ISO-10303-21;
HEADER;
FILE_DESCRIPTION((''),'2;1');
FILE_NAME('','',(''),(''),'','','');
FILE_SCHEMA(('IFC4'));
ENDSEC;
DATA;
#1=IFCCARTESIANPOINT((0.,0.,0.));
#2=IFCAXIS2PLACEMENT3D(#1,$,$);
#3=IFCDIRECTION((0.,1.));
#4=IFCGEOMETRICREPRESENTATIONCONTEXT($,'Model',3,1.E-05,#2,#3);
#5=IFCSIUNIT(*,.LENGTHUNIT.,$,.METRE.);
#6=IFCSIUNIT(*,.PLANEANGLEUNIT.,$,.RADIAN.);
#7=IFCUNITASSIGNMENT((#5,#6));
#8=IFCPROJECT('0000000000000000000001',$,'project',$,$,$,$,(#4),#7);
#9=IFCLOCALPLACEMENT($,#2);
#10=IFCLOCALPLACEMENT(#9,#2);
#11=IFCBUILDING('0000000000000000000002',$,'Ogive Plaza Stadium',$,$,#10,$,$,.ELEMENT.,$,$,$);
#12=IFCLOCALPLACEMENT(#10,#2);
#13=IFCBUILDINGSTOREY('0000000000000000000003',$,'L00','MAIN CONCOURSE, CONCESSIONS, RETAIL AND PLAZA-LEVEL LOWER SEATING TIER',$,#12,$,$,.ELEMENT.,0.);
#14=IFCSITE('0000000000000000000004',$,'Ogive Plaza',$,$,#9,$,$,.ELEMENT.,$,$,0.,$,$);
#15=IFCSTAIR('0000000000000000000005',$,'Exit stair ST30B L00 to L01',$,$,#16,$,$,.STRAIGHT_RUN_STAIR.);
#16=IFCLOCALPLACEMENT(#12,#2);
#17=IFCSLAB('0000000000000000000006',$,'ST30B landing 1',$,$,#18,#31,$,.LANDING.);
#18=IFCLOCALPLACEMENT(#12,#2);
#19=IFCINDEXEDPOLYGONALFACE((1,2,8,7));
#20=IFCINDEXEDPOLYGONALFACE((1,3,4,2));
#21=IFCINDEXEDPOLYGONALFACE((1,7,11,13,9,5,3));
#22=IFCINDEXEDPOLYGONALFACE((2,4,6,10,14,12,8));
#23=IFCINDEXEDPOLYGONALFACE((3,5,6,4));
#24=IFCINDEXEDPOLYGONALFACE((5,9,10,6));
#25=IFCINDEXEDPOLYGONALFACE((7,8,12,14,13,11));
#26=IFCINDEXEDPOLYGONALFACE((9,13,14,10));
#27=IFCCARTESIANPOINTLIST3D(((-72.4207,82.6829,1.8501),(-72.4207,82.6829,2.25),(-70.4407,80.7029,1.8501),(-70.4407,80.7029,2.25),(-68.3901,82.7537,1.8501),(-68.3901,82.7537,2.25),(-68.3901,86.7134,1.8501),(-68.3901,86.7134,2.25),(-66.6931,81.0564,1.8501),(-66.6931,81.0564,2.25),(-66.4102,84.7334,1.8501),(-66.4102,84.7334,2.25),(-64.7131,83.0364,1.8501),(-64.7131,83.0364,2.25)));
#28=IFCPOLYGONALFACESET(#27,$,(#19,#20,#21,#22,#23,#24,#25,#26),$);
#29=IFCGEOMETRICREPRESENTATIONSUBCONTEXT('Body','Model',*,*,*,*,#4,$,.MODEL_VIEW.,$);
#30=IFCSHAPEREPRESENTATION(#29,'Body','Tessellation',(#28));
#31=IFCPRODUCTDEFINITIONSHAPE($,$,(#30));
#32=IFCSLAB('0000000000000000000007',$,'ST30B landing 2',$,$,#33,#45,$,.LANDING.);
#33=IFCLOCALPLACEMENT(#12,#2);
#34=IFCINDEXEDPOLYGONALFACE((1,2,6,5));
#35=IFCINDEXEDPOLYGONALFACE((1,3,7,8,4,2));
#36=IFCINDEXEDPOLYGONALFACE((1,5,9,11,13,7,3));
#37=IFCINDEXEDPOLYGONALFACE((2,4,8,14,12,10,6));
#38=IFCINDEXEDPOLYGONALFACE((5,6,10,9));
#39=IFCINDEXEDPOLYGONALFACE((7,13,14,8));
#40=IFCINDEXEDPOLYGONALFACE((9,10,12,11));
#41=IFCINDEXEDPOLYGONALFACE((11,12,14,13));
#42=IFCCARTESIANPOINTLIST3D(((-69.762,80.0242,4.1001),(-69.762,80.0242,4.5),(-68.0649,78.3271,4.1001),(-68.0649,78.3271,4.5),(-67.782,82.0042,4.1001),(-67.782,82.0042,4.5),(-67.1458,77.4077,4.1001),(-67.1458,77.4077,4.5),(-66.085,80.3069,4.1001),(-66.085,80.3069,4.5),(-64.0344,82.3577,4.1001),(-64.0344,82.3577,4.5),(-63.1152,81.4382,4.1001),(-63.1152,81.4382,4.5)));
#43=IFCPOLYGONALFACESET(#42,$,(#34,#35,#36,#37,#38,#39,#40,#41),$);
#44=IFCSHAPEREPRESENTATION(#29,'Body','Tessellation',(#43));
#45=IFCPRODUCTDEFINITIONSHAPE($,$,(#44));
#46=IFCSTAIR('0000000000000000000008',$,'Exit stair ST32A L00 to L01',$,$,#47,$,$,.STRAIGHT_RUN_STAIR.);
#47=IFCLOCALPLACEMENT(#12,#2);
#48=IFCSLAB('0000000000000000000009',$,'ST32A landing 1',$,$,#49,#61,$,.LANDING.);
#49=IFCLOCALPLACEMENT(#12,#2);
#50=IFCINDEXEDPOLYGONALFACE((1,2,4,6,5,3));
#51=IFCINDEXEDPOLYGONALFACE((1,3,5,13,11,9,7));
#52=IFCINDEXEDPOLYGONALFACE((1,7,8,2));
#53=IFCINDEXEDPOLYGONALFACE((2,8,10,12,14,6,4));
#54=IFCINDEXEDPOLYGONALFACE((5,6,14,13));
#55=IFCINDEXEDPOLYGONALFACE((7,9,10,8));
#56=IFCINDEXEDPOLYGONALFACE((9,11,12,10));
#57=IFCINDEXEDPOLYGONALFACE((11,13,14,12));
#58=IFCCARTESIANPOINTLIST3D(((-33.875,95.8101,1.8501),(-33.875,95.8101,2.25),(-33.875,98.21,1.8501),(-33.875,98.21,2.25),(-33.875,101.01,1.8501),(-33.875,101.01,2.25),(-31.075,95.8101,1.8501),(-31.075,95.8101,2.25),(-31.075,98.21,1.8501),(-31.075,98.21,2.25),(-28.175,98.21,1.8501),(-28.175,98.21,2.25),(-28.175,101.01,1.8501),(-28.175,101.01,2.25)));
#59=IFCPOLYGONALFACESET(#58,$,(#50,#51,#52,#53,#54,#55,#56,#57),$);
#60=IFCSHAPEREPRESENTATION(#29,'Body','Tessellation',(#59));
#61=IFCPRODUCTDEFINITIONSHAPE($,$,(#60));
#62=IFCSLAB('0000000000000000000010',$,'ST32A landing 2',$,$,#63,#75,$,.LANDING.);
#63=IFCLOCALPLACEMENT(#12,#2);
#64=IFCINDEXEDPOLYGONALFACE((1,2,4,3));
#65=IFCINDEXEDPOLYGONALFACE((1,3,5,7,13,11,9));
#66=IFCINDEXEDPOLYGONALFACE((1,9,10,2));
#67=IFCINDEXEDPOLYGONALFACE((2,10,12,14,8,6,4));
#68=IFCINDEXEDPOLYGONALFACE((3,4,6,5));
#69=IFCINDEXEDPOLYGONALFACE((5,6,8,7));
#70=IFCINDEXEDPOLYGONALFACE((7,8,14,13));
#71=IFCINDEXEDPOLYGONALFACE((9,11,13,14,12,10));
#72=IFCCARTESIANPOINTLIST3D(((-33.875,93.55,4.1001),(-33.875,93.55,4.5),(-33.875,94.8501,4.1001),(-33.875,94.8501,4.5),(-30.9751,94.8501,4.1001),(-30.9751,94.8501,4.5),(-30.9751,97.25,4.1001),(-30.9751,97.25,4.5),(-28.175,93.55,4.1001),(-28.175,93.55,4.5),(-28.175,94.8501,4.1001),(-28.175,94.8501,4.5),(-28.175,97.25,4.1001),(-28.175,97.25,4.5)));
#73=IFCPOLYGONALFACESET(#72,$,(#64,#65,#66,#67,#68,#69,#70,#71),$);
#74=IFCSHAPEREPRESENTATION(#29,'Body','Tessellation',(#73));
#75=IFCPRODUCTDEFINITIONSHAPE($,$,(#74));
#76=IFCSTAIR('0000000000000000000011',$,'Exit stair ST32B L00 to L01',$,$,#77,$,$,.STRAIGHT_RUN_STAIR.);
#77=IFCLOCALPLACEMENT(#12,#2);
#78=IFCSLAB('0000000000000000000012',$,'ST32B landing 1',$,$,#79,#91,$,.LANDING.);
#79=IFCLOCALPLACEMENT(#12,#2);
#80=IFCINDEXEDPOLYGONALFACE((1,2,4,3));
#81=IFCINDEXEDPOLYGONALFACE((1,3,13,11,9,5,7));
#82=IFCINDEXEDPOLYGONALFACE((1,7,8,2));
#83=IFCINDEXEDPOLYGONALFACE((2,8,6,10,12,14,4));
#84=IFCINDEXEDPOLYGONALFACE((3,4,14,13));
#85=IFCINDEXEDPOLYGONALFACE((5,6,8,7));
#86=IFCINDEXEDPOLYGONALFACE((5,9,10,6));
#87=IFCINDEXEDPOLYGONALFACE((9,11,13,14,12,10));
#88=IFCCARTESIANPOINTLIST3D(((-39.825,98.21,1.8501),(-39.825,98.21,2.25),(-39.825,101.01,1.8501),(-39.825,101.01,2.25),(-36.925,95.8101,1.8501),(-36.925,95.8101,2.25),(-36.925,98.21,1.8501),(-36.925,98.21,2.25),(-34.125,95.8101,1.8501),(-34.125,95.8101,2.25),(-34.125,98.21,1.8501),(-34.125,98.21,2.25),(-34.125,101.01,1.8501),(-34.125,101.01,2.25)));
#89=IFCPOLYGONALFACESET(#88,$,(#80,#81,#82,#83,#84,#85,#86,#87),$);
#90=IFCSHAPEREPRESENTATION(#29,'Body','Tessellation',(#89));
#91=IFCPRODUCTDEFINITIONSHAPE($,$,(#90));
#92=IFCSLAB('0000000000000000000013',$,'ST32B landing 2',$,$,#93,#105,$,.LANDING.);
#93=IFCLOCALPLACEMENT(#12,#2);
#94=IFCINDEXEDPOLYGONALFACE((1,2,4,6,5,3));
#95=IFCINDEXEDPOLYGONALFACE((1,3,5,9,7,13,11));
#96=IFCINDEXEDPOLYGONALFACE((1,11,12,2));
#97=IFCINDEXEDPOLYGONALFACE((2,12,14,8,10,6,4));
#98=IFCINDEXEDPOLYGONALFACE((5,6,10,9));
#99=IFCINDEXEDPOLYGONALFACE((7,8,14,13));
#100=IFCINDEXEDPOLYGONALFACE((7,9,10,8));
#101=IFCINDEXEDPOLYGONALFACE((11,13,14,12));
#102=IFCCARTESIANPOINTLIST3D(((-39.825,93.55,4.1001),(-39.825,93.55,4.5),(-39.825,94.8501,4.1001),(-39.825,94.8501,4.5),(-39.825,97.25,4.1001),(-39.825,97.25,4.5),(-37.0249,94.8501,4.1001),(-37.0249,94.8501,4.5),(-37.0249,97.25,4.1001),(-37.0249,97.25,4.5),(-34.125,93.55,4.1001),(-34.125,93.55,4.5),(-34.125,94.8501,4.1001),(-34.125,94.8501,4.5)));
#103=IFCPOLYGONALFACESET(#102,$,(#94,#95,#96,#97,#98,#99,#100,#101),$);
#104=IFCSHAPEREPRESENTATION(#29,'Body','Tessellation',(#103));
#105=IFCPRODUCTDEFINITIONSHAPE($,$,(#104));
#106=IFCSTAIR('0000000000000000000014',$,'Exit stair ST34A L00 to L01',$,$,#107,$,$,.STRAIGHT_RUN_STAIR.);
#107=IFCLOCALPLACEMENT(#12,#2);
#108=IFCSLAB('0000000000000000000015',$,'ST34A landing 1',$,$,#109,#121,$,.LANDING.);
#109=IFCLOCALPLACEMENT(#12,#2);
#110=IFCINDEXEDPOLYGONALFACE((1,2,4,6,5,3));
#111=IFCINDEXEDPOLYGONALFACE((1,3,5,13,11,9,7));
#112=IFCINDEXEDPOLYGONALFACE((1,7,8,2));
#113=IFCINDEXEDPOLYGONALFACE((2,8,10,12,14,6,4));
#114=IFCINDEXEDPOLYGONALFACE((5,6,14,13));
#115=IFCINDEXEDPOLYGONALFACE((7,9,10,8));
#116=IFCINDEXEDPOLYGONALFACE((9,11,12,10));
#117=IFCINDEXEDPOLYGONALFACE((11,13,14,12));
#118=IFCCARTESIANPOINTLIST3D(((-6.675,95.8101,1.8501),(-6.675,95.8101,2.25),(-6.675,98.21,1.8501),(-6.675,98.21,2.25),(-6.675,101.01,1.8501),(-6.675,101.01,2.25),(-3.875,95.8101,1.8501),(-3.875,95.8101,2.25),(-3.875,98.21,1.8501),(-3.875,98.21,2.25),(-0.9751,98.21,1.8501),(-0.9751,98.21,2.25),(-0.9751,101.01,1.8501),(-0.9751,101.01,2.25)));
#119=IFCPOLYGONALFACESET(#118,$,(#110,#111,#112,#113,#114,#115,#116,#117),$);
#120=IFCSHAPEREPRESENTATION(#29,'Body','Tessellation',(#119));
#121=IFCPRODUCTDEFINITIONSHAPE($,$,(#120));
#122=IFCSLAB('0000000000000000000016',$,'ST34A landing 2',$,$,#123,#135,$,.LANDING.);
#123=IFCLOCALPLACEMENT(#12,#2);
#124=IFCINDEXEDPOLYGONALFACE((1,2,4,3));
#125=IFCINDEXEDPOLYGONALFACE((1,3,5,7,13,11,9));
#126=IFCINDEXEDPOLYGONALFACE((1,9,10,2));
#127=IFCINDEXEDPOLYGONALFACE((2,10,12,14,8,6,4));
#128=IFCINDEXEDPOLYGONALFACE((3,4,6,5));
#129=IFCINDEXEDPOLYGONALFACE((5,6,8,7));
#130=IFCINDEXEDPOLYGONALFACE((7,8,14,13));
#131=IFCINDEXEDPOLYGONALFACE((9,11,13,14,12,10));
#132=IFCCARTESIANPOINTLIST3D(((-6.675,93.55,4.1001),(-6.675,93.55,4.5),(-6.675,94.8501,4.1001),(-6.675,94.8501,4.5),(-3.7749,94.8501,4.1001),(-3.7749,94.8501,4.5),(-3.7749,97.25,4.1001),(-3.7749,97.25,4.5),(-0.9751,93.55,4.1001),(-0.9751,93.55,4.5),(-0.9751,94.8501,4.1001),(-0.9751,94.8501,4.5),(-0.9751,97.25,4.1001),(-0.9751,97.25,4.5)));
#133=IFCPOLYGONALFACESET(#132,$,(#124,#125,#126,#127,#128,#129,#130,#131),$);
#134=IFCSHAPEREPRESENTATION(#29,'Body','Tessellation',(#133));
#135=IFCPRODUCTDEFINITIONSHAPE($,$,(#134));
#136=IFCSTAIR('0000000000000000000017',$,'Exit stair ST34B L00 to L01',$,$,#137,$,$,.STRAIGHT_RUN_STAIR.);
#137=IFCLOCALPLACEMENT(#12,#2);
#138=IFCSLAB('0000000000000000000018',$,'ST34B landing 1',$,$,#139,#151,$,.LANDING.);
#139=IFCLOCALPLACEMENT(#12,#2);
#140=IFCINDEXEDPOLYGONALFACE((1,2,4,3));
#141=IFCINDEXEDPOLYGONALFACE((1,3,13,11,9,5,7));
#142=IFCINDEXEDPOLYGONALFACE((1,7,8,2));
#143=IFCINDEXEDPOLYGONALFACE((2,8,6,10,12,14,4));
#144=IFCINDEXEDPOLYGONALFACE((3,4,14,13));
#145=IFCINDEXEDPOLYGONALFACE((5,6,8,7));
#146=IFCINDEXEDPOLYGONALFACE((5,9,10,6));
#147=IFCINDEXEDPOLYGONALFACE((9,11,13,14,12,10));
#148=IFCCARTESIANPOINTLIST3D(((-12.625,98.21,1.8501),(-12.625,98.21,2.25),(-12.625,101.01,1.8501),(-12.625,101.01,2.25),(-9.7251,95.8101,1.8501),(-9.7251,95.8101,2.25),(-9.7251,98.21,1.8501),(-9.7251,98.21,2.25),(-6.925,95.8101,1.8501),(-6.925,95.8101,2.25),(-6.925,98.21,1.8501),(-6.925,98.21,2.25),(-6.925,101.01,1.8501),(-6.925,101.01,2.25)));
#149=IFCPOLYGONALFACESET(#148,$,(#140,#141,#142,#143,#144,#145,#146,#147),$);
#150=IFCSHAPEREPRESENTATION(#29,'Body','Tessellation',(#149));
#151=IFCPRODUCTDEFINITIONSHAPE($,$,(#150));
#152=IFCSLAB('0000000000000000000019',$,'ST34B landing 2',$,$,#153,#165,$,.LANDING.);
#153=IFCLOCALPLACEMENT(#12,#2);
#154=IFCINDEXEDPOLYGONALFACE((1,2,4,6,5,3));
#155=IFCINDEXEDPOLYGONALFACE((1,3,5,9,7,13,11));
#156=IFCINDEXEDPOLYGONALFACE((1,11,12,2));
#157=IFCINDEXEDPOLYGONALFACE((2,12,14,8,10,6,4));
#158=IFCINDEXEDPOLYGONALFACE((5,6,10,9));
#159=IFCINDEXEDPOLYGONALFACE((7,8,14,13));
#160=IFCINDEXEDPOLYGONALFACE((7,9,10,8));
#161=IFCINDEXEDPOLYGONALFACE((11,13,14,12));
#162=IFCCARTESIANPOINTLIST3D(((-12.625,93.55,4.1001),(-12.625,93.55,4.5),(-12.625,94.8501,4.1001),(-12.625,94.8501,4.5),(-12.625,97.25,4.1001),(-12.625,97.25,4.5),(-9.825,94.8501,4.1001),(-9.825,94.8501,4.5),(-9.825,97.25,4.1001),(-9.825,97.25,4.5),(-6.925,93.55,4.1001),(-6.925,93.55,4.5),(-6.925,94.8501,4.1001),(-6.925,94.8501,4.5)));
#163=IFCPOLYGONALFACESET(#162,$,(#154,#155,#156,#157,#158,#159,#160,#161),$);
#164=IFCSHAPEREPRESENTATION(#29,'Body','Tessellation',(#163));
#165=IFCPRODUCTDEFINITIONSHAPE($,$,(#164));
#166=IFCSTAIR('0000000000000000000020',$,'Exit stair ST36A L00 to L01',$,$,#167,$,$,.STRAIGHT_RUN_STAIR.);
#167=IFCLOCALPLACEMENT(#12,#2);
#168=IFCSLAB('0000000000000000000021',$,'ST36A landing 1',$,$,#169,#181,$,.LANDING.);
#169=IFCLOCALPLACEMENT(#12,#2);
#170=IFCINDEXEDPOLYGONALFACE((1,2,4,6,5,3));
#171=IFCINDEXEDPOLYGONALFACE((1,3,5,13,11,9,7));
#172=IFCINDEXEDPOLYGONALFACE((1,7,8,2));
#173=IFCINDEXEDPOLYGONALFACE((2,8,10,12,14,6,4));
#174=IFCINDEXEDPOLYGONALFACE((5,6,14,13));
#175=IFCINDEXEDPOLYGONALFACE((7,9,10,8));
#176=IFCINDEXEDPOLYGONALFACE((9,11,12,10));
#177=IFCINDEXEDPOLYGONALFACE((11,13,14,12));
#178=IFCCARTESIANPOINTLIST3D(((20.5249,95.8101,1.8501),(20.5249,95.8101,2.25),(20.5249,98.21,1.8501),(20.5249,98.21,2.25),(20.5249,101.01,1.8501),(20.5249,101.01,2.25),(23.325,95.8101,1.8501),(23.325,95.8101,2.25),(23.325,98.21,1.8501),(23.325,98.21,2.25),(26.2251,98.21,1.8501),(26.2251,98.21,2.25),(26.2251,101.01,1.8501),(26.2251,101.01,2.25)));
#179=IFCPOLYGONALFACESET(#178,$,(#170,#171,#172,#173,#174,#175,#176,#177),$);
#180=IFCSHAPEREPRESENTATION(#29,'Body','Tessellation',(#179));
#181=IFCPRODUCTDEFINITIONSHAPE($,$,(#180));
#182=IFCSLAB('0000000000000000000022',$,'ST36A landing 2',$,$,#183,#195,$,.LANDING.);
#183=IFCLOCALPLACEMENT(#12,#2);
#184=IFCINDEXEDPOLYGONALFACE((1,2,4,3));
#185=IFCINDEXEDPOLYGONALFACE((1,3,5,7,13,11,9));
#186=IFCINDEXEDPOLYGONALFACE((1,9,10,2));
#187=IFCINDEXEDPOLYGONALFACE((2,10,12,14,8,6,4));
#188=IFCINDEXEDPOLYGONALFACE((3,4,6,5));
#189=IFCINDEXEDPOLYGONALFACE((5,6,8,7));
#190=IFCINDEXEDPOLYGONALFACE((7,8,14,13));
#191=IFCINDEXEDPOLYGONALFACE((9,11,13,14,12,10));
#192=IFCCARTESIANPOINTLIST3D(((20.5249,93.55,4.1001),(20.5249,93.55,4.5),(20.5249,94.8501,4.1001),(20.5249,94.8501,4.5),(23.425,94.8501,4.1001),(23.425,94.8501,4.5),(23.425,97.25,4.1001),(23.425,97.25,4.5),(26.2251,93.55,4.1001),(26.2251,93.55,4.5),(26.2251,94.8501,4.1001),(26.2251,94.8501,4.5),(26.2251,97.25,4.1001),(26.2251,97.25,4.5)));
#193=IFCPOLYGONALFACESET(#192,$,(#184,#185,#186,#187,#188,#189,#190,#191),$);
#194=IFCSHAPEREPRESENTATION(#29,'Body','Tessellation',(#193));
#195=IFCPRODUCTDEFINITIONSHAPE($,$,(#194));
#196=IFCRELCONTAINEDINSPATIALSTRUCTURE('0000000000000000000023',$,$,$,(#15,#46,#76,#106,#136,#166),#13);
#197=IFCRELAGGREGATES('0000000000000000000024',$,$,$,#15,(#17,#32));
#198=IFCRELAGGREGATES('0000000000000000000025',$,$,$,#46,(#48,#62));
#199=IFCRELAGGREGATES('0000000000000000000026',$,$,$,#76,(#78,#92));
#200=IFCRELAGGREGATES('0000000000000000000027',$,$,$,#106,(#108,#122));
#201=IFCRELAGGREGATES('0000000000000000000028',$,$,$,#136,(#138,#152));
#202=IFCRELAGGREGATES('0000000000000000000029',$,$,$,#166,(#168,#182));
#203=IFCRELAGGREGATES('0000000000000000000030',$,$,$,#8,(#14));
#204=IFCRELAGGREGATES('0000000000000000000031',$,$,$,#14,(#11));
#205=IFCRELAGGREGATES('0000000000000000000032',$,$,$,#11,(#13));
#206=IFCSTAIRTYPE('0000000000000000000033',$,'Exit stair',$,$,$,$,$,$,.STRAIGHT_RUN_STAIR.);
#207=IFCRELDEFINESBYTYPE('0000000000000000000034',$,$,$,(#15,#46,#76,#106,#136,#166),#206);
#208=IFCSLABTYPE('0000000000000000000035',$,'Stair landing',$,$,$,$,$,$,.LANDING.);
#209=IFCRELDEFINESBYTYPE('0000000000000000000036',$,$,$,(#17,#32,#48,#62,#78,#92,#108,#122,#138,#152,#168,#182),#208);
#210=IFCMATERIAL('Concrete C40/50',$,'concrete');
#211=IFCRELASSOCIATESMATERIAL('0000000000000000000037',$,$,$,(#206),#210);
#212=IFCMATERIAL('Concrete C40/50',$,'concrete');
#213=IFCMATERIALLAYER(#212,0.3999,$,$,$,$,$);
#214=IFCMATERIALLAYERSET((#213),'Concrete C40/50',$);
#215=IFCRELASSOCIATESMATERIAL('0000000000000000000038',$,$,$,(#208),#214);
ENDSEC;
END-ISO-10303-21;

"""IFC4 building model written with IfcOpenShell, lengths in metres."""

from ifc_helpers import new_model, si_unit, direction, frame, origin, place, context, subcontext, project, spatial, polyline, outline, extrude, material, layer, layer_set, type_object, element, aggregate, save


model = new_model("IFC4")

# Units and contexts
model_context = context("Model", 3, precision=1e-05, world=origin(), true_north=direction((0.0, 1.0)))
body_context = subcontext(model_context, "Body", "Model", "MODEL_VIEW")
ifc_project = project(units=[si_unit("LENGTHUNIT", "METRE"), si_unit("PLANEANGLEUNIT", "RADIAN")], contexts=[model_context])

# Site, building, storey
site_placement = place(None, origin())
site = spatial("IfcSite", under=ifc_project, at=site_placement, Name="Ogive Plaza", CompositionType="ELEMENT", RefElevation=0.0)
building_placement = place(site_placement, origin())
building = spatial("IfcBuilding", under=site, at=building_placement, Name="Ogive Plaza Stadium", CompositionType="ELEMENT")
storey_placement = place(building_placement, origin())
storey = spatial("IfcBuildingStorey", under=building, at=storey_placement, Name="L00", Description="MAIN CONCOURSE, CONCESSIONS, RETAIL AND PLAZA-LEVEL LOWER SEATING TIER", CompositionType="ELEMENT", Elevation=0.0)

# Stairs, slabs
ifc_material_1 = material(Name="Concrete C40/50", Category="concrete")
stair_type = type_object("IfcStairType", Name="Exit stair", PredefinedType="STRAIGHT_RUN_STAIR", material=ifc_material_1)
ifc_material_2 = material(Name="Concrete C40/50", Category="concrete")
ifc_layer = layer(ifc_material_2, 0.3999)
ifc_layer_set = layer_set([ifc_layer], Name="Concrete C40/50")
slab_type = type_object("IfcSlabType", Name="Stair landing", PredefinedType="LANDING", material=ifc_layer_set)
stair_1_placement = place(storey_placement, origin())
stair_1 = element("IfcStair", 1, at=stair_1_placement, inside=storey, type_object=stair_type, Name="Exit stair ST30B L00 to L01", PredefinedType="STRAIGHT_RUN_STAIR")
slab_1_placement = place(storey_placement, frame((0.0, 0.0, 1.8501)))
slab_1 = element("IfcSlab", 2, at=slab_1_placement, type_object=slab_type, Name="ST30B landing 1", PredefinedType="LANDING", context=body_context, shape_type="SweptSolid", body=[
    extrude(outline(polyline([(-64.7131, 83.0364), (-66.6931, 81.0564), (-68.3901, 82.7537), (-70.4407, 80.7029), (-72.4207, 82.6829), (-68.3901, 86.7134), (-66.4102, 84.7334), (-64.7131, 83.0364)])), origin(), (0.0, 0.0, 1.0), 0.3999),
])
slab_2_placement = place(storey_placement, frame((0.0, 0.0, 4.1001)))
slab_2 = element("IfcSlab", 3, at=slab_2_placement, type_object=slab_type, Name="ST30B landing 2", PredefinedType="LANDING", context=body_context, shape_type="SweptSolid", body=[
    extrude(outline(polyline([(-64.0344, 82.3577), (-63.1152, 81.4382), (-67.1458, 77.4077), (-68.0649, 78.3271), (-69.762, 80.0242), (-67.782, 82.0042), (-66.085, 80.3069), (-64.0344, 82.3577)])), origin(), (0.0, 0.0, 1.0), 0.3999),
])
aggregate(stair_1, [slab_1, slab_2])
stair_2_placement = place(storey_placement, origin())
stair_2 = element("IfcStair", 4, at=stair_2_placement, inside=storey, type_object=stair_type, Name="Exit stair ST32A L00 to L01", PredefinedType="STRAIGHT_RUN_STAIR")
slab_3_placement = place(storey_placement, frame((0.0, 0.0, 1.8501)))
slab_3 = element("IfcSlab", 5, at=slab_3_placement, type_object=slab_type, Name="ST32A landing 1", PredefinedType="LANDING", context=body_context, shape_type="SweptSolid", body=[
    extrude(outline(polyline([(-33.875, 101.01), (-28.175, 101.01), (-28.175, 98.21), (-31.075, 98.21), (-31.075, 95.8101), (-33.875, 95.8101), (-33.875, 98.21), (-33.875, 101.01)])), origin(), (0.0, 0.0, 1.0), 0.3999),
])
slab_4_placement = place(storey_placement, frame((0.0, 0.0, 4.1001)))
slab_4 = element("IfcSlab", 6, at=slab_4_placement, type_object=slab_type, Name="ST32A landing 2", PredefinedType="LANDING", context=body_context, shape_type="SweptSolid", body=[
    extrude(outline(polyline([(-30.9751, 97.25), (-28.175, 97.25), (-28.175, 94.8501), (-28.175, 93.55), (-33.875, 93.55), (-33.875, 94.8501), (-30.9751, 94.8501), (-30.9751, 97.25)])), origin(), (0.0, 0.0, 1.0), 0.3999),
])
aggregate(stair_2, [slab_3, slab_4])
stair_3_placement = place(storey_placement, origin())
stair_3 = element("IfcStair", 7, at=stair_3_placement, inside=storey, type_object=stair_type, Name="Exit stair ST32B L00 to L01", PredefinedType="STRAIGHT_RUN_STAIR")
slab_5_placement = place(storey_placement, frame((0.0, 0.0, 1.8501)))
slab_5 = element("IfcSlab", 8, at=slab_5_placement, type_object=slab_type, Name="ST32B landing 1", PredefinedType="LANDING", context=body_context, shape_type="SweptSolid", body=[
    extrude(outline(polyline([(-34.125, 95.8101), (-36.925, 95.8101), (-36.925, 98.21), (-39.825, 98.21), (-39.825, 101.01), (-34.125, 101.01), (-34.125, 98.21), (-34.125, 95.8101)])), origin(), (0.0, 0.0, 1.0), 0.3999),
])
slab_6_placement = place(storey_placement, frame((0.0, 0.0, 4.1001)))
slab_6 = element("IfcSlab", 9, at=slab_6_placement, type_object=slab_type, Name="ST32B landing 2", PredefinedType="LANDING", context=body_context, shape_type="SweptSolid", body=[
    extrude(outline(polyline([(-34.125, 94.8501), (-34.125, 93.55), (-39.825, 93.55), (-39.825, 94.8501), (-39.825, 97.25), (-37.0249, 97.25), (-37.0249, 94.8501), (-34.125, 94.8501)])), origin(), (0.0, 0.0, 1.0), 0.3999),
])
aggregate(stair_3, [slab_5, slab_6])
stair_4_placement = place(storey_placement, origin())
stair_4 = element("IfcStair", 10, at=stair_4_placement, inside=storey, type_object=stair_type, Name="Exit stair ST34A L00 to L01", PredefinedType="STRAIGHT_RUN_STAIR")
slab_7_placement = place(storey_placement, frame((0.0, 0.0, 1.8501)))
slab_7 = element("IfcSlab", 11, at=slab_7_placement, type_object=slab_type, Name="ST34A landing 1", PredefinedType="LANDING", context=body_context, shape_type="SweptSolid", body=[
    extrude(outline(polyline([(-6.675, 101.01), (-0.9751, 101.01), (-0.9751, 98.21), (-3.875, 98.21), (-3.875, 95.8101), (-6.675, 95.8101), (-6.675, 98.21), (-6.675, 101.01)])), origin(), (0.0, 0.0, 1.0), 0.3999),
])
slab_8_placement = place(storey_placement, frame((0.0, 0.0, 4.1001)))
slab_8 = element("IfcSlab", 12, at=slab_8_placement, type_object=slab_type, Name="ST34A landing 2", PredefinedType="LANDING", context=body_context, shape_type="SweptSolid", body=[
    extrude(outline(polyline([(-3.7749, 97.25), (-0.9751, 97.25), (-0.9751, 94.8501), (-0.9751, 93.55), (-6.675, 93.55), (-6.675, 94.8501), (-3.7749, 94.8501), (-3.7749, 97.25)])), origin(), (0.0, 0.0, 1.0), 0.3999),
])
aggregate(stair_4, [slab_7, slab_8])
stair_5_placement = place(storey_placement, origin())
stair_5 = element("IfcStair", 13, at=stair_5_placement, inside=storey, type_object=stair_type, Name="Exit stair ST34B L00 to L01", PredefinedType="STRAIGHT_RUN_STAIR")
slab_9_placement = place(storey_placement, frame((0.0, 0.0, 1.8501)))
slab_9 = element("IfcSlab", 14, at=slab_9_placement, type_object=slab_type, Name="ST34B landing 1", PredefinedType="LANDING", context=body_context, shape_type="SweptSolid", body=[
    extrude(outline(polyline([(-6.925, 95.8101), (-9.7251, 95.8101), (-9.7251, 98.21), (-12.625, 98.21), (-12.625, 101.01), (-6.925, 101.01), (-6.925, 98.21), (-6.925, 95.8101)])), origin(), (0.0, 0.0, 1.0), 0.3999),
])
slab_10_placement = place(storey_placement, frame((0.0, 0.0, 4.1001)))
slab_10 = element("IfcSlab", 15, at=slab_10_placement, type_object=slab_type, Name="ST34B landing 2", PredefinedType="LANDING", context=body_context, shape_type="SweptSolid", body=[
    extrude(outline(polyline([(-6.925, 94.8501), (-6.925, 93.55), (-12.625, 93.55), (-12.625, 94.8501), (-12.625, 97.25), (-9.825, 97.25), (-9.825, 94.8501), (-6.925, 94.8501)])), origin(), (0.0, 0.0, 1.0), 0.3999),
])
aggregate(stair_5, [slab_9, slab_10])
stair_6_placement = place(storey_placement, origin())
stair_6 = element("IfcStair", 16, at=stair_6_placement, inside=storey, type_object=stair_type, Name="Exit stair ST36A L00 to L01", PredefinedType="STRAIGHT_RUN_STAIR")
slab_11_placement = place(storey_placement, frame((0.0, 0.0, 1.8501)))
slab_11 = element("IfcSlab", 17, at=slab_11_placement, type_object=slab_type, Name="ST36A landing 1", PredefinedType="LANDING", context=body_context, shape_type="SweptSolid", body=[
    extrude(outline(polyline([(20.5249, 101.01), (26.2251, 101.01), (26.2251, 98.21), (23.325, 98.21), (23.325, 95.8101), (20.5249, 95.8101), (20.5249, 98.21), (20.5249, 101.01)])), origin(), (0.0, 0.0, 1.0), 0.3999),
])
slab_12_placement = place(storey_placement, frame((0.0, 0.0, 4.1001)))
slab_12 = element("IfcSlab", 18, at=slab_12_placement, type_object=slab_type, Name="ST36A landing 2", PredefinedType="LANDING", context=body_context, shape_type="SweptSolid", body=[
    extrude(outline(polyline([(23.425, 97.25), (26.2251, 97.25), (26.2251, 94.8501), (26.2251, 93.55), (20.5249, 93.55), (20.5249, 94.8501), (23.425, 94.8501), (23.425, 97.25)])), origin(), (0.0, 0.0, 1.0), 0.3999),
])
aggregate(stair_6, [slab_11, slab_12])

save(model, "model.ifc")
